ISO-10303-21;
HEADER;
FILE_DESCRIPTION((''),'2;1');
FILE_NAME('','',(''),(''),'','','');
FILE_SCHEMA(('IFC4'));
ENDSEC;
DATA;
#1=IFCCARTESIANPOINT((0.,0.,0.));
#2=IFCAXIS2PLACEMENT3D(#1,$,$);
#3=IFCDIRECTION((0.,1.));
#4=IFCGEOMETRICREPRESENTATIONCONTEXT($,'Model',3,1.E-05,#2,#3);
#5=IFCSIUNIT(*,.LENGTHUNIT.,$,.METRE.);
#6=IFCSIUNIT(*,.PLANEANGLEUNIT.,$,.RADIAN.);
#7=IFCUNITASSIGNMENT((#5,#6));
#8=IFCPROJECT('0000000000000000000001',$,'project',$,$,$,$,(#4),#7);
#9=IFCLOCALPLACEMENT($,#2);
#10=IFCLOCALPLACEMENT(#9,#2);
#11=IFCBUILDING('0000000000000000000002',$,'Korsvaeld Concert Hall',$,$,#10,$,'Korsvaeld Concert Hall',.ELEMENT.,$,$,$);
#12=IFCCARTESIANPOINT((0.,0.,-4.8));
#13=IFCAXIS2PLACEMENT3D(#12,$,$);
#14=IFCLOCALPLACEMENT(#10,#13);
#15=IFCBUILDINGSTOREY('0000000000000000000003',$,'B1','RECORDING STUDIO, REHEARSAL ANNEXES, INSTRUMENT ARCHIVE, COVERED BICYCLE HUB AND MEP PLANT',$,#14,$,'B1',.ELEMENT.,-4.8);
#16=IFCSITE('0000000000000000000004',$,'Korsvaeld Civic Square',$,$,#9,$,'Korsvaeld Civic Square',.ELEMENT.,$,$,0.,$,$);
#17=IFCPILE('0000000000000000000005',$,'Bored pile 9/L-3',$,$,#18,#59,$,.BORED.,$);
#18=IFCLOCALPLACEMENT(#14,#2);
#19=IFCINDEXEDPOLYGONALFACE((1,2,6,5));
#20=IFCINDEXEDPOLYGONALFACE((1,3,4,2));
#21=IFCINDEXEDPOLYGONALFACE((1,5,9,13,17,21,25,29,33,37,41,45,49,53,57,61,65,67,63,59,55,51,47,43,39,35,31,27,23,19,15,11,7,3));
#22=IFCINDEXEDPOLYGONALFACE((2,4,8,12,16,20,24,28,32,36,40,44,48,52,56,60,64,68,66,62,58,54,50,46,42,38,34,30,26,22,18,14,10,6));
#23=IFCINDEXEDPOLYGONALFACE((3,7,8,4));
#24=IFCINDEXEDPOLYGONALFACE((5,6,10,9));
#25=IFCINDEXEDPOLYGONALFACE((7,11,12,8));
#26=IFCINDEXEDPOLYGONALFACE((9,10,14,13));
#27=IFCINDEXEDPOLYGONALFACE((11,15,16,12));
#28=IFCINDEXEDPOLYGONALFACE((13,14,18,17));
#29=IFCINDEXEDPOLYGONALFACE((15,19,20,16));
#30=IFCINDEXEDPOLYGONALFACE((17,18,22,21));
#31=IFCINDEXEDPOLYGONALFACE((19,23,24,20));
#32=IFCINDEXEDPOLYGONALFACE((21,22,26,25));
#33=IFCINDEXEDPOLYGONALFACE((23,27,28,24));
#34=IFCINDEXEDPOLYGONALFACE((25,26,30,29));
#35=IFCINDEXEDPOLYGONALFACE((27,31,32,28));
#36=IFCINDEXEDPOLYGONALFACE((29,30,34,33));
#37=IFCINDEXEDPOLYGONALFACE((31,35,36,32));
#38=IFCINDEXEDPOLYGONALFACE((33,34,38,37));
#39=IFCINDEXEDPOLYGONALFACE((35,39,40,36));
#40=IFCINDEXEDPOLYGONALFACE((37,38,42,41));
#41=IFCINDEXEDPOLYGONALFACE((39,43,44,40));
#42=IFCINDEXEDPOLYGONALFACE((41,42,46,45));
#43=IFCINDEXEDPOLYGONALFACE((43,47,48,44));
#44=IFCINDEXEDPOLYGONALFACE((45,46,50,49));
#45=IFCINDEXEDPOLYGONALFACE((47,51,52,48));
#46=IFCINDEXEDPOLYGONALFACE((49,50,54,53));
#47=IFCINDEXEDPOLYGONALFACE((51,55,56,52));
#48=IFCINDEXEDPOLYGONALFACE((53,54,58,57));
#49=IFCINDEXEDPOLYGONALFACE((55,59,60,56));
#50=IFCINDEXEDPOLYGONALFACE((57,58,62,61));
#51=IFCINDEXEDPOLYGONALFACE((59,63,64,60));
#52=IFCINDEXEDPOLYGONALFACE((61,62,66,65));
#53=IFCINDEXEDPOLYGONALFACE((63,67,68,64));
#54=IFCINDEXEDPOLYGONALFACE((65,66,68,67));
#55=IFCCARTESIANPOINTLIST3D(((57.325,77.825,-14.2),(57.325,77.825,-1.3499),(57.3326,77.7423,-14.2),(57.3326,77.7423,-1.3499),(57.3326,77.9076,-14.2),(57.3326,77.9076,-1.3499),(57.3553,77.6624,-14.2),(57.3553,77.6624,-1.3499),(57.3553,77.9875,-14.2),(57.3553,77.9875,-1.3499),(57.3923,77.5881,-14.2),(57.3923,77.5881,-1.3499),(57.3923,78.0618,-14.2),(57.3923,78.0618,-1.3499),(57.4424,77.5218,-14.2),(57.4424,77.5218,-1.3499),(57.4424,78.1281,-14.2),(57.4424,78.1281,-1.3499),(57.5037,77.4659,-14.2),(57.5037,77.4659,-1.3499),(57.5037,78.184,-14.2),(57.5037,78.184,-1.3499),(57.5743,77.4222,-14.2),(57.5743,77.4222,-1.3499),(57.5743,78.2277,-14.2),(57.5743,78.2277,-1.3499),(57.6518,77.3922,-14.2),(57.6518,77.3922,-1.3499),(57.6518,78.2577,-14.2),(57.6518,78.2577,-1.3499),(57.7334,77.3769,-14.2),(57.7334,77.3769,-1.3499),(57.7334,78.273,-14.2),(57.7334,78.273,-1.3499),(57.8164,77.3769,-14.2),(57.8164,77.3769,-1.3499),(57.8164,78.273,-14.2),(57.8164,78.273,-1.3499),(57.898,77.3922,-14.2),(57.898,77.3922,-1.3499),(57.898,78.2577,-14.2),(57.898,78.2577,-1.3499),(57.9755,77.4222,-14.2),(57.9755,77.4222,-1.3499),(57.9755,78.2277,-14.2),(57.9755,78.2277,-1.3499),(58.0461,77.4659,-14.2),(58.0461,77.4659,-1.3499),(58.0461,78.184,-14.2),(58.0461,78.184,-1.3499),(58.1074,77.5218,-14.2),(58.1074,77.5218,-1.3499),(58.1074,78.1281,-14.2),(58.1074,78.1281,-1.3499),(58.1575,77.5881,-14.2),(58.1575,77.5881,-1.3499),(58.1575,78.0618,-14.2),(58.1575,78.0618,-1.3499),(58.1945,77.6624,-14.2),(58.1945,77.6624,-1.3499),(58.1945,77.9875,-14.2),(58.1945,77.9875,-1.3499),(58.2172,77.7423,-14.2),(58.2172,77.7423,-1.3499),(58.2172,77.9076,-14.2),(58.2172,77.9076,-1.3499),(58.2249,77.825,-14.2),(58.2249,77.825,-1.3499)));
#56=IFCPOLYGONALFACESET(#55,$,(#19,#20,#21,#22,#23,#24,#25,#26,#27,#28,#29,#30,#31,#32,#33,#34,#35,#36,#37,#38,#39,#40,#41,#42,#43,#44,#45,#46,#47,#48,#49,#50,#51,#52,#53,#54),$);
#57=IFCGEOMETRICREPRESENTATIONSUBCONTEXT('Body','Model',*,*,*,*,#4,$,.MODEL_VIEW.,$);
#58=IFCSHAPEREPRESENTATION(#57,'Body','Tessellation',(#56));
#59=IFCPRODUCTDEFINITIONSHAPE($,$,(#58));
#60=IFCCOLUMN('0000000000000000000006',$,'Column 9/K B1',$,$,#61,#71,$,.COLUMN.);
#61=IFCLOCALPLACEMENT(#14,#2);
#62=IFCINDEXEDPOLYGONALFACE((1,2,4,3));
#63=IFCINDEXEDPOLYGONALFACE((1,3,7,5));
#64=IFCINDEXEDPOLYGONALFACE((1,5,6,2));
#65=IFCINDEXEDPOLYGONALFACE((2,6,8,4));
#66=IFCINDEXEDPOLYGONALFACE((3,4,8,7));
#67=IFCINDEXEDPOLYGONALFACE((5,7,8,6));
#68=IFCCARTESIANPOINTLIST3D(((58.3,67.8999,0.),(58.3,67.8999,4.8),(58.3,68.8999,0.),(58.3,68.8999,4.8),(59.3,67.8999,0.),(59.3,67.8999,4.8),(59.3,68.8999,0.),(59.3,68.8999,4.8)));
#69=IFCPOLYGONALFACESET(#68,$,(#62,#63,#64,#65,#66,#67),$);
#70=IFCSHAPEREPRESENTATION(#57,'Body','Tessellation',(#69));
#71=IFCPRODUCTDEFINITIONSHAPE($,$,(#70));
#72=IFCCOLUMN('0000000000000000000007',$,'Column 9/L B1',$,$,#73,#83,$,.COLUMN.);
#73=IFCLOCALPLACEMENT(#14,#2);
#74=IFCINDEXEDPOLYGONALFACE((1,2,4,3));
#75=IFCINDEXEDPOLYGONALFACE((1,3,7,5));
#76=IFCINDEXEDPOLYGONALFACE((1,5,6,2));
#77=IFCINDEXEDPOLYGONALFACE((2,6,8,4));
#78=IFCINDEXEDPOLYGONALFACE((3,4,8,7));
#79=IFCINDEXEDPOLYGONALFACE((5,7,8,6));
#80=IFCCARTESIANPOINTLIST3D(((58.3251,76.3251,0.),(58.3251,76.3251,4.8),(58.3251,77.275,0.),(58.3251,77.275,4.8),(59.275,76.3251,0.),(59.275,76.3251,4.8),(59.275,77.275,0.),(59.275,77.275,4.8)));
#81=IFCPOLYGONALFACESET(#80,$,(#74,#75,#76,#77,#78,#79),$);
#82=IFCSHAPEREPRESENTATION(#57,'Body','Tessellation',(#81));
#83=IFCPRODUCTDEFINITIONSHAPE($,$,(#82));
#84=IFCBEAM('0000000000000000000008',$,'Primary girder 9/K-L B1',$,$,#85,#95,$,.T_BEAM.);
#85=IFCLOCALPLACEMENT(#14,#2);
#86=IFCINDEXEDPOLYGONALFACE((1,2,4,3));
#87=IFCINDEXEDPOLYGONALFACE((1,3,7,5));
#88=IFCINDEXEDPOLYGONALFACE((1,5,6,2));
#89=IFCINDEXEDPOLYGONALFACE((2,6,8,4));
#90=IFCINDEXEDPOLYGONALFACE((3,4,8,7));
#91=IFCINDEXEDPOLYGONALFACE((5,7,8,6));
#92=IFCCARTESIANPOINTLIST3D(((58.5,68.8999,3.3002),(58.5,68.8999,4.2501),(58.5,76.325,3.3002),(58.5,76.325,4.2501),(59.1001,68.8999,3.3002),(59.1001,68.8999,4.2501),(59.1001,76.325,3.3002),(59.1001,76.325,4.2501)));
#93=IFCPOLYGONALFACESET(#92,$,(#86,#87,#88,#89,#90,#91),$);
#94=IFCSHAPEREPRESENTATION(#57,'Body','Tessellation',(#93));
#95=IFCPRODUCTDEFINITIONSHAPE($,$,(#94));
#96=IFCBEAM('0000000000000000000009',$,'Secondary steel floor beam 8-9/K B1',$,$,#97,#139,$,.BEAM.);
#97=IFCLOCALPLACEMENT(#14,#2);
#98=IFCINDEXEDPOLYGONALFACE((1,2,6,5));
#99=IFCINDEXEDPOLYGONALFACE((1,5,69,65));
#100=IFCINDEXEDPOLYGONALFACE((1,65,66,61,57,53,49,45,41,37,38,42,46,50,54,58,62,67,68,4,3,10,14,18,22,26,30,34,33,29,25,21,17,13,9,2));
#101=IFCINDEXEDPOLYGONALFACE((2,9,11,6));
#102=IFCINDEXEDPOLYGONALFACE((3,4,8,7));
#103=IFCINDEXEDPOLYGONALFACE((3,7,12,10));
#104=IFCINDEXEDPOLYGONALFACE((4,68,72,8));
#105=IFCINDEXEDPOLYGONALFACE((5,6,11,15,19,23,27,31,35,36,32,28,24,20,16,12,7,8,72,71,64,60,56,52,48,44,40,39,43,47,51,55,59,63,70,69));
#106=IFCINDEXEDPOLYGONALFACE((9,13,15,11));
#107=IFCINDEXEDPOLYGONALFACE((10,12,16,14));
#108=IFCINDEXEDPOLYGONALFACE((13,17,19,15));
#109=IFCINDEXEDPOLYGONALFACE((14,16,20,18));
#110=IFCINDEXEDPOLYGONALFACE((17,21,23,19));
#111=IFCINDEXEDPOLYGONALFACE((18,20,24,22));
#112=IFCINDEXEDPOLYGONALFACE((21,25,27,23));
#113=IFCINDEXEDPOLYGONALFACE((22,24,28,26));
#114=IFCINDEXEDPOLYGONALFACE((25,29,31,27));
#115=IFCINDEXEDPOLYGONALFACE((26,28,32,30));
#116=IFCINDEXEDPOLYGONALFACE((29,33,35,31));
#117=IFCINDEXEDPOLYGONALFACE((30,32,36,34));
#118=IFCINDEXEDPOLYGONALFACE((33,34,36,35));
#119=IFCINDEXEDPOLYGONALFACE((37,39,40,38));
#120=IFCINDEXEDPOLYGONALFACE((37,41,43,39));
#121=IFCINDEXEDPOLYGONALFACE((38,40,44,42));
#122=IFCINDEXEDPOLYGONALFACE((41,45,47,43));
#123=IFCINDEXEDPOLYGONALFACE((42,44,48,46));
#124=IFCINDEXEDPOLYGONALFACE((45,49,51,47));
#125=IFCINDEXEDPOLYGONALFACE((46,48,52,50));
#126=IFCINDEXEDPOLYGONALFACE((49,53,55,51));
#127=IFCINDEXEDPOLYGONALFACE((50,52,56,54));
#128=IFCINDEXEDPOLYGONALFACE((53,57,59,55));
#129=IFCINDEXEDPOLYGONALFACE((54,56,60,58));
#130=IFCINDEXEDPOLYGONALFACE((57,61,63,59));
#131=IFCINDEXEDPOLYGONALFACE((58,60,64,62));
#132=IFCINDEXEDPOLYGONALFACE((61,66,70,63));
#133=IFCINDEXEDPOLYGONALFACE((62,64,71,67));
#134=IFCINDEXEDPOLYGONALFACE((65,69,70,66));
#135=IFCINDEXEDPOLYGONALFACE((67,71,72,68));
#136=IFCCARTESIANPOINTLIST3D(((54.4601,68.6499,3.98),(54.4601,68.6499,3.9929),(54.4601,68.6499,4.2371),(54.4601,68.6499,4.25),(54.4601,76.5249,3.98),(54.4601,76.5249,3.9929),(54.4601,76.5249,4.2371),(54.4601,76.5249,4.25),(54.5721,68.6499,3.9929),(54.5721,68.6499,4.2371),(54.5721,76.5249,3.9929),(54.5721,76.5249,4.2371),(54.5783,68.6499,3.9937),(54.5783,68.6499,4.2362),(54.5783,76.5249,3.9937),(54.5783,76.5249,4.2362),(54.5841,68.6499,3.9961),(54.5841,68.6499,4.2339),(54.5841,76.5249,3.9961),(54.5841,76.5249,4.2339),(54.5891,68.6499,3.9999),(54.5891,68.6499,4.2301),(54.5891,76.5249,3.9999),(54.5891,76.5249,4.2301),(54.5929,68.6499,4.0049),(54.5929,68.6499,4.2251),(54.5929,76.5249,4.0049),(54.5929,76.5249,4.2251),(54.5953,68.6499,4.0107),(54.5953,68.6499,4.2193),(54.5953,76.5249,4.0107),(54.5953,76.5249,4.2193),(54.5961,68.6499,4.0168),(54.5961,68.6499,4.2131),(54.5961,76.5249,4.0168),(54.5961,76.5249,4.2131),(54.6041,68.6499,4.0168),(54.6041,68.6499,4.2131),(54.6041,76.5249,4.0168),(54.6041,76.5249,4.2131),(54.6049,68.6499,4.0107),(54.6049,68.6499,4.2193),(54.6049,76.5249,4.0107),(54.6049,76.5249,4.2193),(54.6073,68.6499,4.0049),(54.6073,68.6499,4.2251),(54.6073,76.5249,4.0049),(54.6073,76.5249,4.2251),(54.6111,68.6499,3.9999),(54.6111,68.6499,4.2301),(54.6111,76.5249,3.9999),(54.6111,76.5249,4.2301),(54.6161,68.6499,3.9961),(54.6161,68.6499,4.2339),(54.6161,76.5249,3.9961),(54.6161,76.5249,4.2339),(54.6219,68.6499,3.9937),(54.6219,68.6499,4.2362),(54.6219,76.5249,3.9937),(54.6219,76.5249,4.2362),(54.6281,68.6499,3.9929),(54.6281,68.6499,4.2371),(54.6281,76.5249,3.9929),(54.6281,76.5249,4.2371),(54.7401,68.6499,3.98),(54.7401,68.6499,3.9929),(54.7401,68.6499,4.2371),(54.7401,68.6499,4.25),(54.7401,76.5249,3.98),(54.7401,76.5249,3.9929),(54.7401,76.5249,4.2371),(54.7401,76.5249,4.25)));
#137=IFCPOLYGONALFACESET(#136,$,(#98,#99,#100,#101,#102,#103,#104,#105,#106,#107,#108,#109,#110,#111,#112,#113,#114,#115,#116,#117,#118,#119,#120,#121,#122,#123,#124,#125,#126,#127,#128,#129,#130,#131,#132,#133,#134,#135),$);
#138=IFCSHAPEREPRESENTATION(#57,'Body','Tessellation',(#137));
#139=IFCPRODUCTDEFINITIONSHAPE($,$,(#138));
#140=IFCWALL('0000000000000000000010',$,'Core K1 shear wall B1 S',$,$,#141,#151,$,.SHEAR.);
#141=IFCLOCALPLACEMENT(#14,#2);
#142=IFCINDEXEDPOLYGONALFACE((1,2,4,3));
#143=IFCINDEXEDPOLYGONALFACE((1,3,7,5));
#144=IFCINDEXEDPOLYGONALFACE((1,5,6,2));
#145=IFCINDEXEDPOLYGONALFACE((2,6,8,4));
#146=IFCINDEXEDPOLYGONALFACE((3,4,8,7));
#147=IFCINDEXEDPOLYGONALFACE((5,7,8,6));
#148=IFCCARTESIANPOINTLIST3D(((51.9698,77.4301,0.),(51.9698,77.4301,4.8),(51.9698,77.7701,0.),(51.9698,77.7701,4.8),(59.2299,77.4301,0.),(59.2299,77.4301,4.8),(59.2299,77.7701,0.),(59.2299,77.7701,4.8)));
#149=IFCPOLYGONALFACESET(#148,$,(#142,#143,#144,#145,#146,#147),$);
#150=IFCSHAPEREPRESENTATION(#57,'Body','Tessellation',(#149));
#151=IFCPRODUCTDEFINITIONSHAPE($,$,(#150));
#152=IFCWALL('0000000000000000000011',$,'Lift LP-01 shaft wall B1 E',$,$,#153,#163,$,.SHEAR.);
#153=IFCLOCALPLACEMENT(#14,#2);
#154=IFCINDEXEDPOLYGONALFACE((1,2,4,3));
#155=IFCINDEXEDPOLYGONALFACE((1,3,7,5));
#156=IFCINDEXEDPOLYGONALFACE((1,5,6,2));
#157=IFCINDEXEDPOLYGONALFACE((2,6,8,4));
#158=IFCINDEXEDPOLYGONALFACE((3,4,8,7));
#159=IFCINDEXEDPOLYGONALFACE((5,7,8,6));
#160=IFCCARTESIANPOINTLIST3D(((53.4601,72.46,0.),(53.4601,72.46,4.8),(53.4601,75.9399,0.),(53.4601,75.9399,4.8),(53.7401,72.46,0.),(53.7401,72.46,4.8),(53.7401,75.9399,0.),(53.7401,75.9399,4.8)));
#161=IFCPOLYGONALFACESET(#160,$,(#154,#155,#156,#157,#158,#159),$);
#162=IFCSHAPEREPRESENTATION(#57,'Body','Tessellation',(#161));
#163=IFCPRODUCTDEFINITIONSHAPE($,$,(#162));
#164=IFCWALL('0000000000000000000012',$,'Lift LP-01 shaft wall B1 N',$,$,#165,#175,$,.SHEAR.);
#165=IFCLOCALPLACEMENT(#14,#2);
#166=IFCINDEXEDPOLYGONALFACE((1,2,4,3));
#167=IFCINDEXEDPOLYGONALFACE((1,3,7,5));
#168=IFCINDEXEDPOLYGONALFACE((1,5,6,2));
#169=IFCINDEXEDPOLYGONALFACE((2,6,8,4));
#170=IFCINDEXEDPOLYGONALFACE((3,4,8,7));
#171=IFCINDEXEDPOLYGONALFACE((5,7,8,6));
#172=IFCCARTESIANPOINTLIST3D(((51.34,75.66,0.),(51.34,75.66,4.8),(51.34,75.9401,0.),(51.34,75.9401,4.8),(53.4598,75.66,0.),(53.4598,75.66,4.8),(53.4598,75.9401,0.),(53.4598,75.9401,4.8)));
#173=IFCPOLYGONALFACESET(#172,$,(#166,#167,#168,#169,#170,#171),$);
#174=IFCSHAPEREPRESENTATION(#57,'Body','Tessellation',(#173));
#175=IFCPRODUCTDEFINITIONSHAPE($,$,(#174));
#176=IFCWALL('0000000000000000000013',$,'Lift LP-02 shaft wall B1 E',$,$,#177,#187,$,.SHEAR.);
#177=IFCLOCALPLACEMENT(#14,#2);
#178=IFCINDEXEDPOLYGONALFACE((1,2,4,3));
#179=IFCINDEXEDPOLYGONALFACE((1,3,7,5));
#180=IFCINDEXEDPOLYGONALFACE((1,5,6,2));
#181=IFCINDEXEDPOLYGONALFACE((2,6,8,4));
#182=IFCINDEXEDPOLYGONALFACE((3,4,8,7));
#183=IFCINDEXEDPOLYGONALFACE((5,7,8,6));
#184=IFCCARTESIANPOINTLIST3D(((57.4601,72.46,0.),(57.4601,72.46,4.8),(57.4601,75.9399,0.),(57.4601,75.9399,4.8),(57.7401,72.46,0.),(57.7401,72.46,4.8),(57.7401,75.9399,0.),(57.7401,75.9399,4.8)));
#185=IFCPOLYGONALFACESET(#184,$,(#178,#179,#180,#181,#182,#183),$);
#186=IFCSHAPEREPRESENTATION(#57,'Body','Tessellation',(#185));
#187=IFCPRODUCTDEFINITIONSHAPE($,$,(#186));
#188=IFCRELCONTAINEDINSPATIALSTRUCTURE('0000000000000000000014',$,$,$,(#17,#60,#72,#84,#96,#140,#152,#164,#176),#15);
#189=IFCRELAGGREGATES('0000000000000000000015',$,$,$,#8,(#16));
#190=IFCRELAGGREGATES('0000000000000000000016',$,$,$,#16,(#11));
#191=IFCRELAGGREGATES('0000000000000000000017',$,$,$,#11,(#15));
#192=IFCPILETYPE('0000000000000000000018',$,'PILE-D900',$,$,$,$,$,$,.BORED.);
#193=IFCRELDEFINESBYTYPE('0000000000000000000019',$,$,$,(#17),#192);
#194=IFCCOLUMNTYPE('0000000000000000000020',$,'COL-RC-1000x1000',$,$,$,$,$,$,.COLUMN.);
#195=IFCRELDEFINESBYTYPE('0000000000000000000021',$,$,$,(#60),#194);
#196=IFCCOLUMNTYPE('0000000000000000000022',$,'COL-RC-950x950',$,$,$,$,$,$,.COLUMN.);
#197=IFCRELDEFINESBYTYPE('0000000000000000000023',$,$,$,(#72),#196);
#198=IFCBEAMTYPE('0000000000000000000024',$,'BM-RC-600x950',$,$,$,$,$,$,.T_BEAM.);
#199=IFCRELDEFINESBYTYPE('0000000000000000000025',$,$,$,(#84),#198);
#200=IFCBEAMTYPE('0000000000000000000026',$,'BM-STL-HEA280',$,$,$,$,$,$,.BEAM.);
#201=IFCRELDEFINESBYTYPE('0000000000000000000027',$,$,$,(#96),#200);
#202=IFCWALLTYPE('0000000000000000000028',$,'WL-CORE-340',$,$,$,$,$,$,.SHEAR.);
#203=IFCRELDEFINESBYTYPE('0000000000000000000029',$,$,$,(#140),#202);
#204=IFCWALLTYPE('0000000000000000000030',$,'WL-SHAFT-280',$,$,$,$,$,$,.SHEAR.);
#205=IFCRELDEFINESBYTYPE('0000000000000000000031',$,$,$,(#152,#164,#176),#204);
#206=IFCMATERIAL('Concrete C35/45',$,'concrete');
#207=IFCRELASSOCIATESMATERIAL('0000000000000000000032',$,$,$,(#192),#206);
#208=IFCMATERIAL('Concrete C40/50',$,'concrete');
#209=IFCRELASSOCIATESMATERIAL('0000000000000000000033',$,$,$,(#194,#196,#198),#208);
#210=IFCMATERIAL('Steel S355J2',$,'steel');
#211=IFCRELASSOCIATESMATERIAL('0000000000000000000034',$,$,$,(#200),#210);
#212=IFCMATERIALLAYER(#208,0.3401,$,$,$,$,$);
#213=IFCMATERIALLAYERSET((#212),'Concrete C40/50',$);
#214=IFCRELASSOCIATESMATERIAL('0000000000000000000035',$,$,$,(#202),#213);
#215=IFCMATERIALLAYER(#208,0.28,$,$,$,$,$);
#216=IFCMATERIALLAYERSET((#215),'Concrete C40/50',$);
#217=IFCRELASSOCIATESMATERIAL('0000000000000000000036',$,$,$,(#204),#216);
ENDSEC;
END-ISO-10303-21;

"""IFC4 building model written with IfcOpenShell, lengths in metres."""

from ifc_helpers import new_model, si_unit, direction, frame, frame_2d, origin, origin_2d, place, context, subcontext, project, spatial, rectangle, circle, i_section, extrude, material, layer, layer_set, material_profile, profile_set, type_object, element, save


model = new_model("IFC4")

# Units and contexts
model_context = context("Model", 3, precision=1e-05, world=origin(), true_north=direction((0.0, 1.0)))
body_context = subcontext(model_context, "Body", "Model", "MODEL_VIEW")
ifc_project = project(units=[si_unit("LENGTHUNIT", "METRE"), si_unit("PLANEANGLEUNIT", "RADIAN")], contexts=[model_context])

# Site, building, storey
site_placement = place(None, origin())
site = spatial("IfcSite", under=ifc_project, at=site_placement, Name="Korsvaeld Civic Square", LongName="Korsvaeld Civic Square", CompositionType="ELEMENT", RefElevation=0.0)
building_placement = place(site_placement, origin())
building = spatial("IfcBuilding", under=site, at=building_placement, Name="Korsvaeld Concert Hall", LongName="Korsvaeld Concert Hall", CompositionType="ELEMENT")
storey_placement = place(building_placement, frame((0.0, 0.0, -4.8)))
storey = spatial("IfcBuildingStorey", under=building, at=storey_placement, Name="B1", Description="RECORDING STUDIO, REHEARSAL ANNEXES, INSTRUMENT ARCHIVE, COVERED BICYCLE HUB AND MEP PLANT", LongName="B1", CompositionType="ELEMENT", Elevation=-4.8)

# Shared definitions
ifc_material_1 = material(Name="Concrete C35/45", Category="concrete")

# Pile
ifc_material_2 = material(Name="Concrete C40/50", Category="concrete")
ifc_material_profile_1 = material_profile(ifc_material_1, circle(Radius=0.45, at=origin_2d()), Name="BORED PILE D900")
ifc_profile_set_1 = profile_set([ifc_material_profile_1], Name="Concrete C35/45")
pile_type_1 = type_object("IfcPileType", Name="PILE-D900", PredefinedType="BORED", material=ifc_profile_set_1)
for number, where, z_axis, x_axis, name in (
    (1, (57.7749, 77.825, -1.3499), (0.0, 0.0, -1.0), (1.0, 0.0, 0.0), "Bored pile 9/L-3"),
):
    element("IfcPile", number, at=place(storey_placement, frame(where, z_axis=z_axis, x_axis=x_axis)), inside=storey, type_object=pile_type_1, Name=name, PredefinedType="BORED", context=body_context, shape_type="SweptSolid", body=[
        extrude(circle(Radius=0.45, at=origin_2d()), origin(), (0.0, 0.0, 1.0), 12.8501),
    ])

# Columns
ifc_material_profile_2 = material_profile(ifc_material_2, rectangle(XDim=1.0, YDim=1.0, at=origin_2d()), Name="RC 1000x1000")
ifc_profile_set_2 = profile_set([ifc_material_profile_2], Name="Concrete C40/50")
column_type_1 = type_object("IfcColumnType", Name="COL-RC-1000x1000", PredefinedType="COLUMN", material=ifc_profile_set_2)
column_1_placement = place(storey_placement, frame((58.8, 68.3999, 0.0), z_axis=(0.0, 0.0, 1.0), x_axis=(1.0, 0.0, 0.0)))
element("IfcColumn", 2, at=column_1_placement, inside=storey, type_object=column_type_1, Name="Column 9/K B1", PredefinedType="COLUMN", context=body_context, shape_type="SweptSolid", body=[
    extrude(rectangle(XDim=1.0, YDim=1.0, at=origin_2d()), origin(), (0.0, 0.0, 1.0), 4.8),
])
ifc_material_profile_3 = material_profile(ifc_material_2, rectangle(XDim=0.95, YDim=0.95, at=origin_2d()), Name="RC 950x950")
ifc_profile_set_3 = profile_set([ifc_material_profile_3], Name="Concrete C40/50")
column_type_2 = type_object("IfcColumnType", Name="COL-RC-950x950", PredefinedType="COLUMN", material=ifc_profile_set_3)
column_2_placement = place(storey_placement, frame((58.8, 76.8, 0.0), z_axis=(0.0, 0.0, 1.0), x_axis=(1.0, 0.0, 0.0)))
element("IfcColumn", 3, at=column_2_placement, inside=storey, type_object=column_type_2, Name="Column 9/L B1", PredefinedType="COLUMN", context=body_context, shape_type="SweptSolid", body=[
    extrude(rectangle(XDim=0.95, YDim=0.95, at=origin_2d()), origin(), (0.0, 0.0, 1.0), 4.8),
])

# Beams
ifc_material_profile_4 = material_profile(ifc_material_2, rectangle(XDim=0.6001, YDim=0.95, at=origin_2d()), Name="RC 600x950")
ifc_profile_set_4 = profile_set([ifc_material_profile_4], Name="Concrete C40/50")
beam_type_1 = type_object("IfcBeamType", Name="BM-RC-600x950", PredefinedType="T_BEAM", material=ifc_profile_set_4)
beam_1_placement = place(storey_placement, frame((58.8, 68.8999, 3.7751), z_axis=(0.0, 1.0, 0.0), x_axis=(-1.0, 0.0, 0.0)))
element("IfcBeam", 4, at=beam_1_placement, inside=storey, type_object=beam_type_1, Name="Primary girder 9/K-L B1", PredefinedType="T_BEAM", context=body_context, shape_type="SweptSolid", body=[
    extrude(rectangle(XDim=0.6001, YDim=0.95, at=origin_2d()), origin(), (0.0, 0.0, 1.0), 7.425),
])
ifc_material_3 = material(Name="Steel S355J2", Category="steel")
ifc_material_profile_5 = material_profile(ifc_material_3, i_section(OverallWidth=0.28, OverallDepth=0.27, WebThickness=0.0081, FlangeThickness=0.0129, FilletRadius=0.0239, at=origin_2d()), Name="HEA 280")
ifc_profile_set_5 = profile_set([ifc_material_profile_5], Name="Steel S355J2")
beam_type_2 = type_object("IfcBeamType", Name="BM-STL-HEA280", PredefinedType="BEAM", material=ifc_profile_set_5)
beam_2_placement = place(storey_placement, frame((54.6001, 68.6499, 4.115), z_axis=(0.0, 1.0, 0.0), x_axis=(-1.0, 0.0, 0.0)))
element("IfcBeam", 5, at=beam_2_placement, inside=storey, type_object=beam_type_2, Name="Secondary steel floor beam 8-9/K B1", PredefinedType="BEAM", context=body_context, shape_type="SweptSolid", body=[
    extrude(i_section(OverallWidth=0.28, OverallDepth=0.27, WebThickness=0.0081, FlangeThickness=0.0129, FilletRadius=0.0239, at=origin_2d()), origin(), (0.0, 0.0, 1.0), 7.875),
])

# Walls
ifc_layer_1 = layer(ifc_material_2, 0.3401)
ifc_layer_set_1 = layer_set([ifc_layer_1], Name="Concrete C40/50")
wall_type_1 = type_object("IfcWallType", Name="WL-CORE-340", PredefinedType="SHEAR", material=ifc_layer_set_1)
wall_1_placement = place(storey_placement, frame((51.97, 77.6001, 0.0), z_axis=(0.0, 0.0, 1.0), x_axis=(1.0, 0.0, 0.0)))
element("IfcWall", 6, at=wall_1_placement, inside=storey, type_object=wall_type_1, Name="Core K1 shear wall B1 S", PredefinedType="SHEAR", context=body_context, shape_type="SweptSolid", body=[
    extrude(rectangle(XDim=7.26, YDim=0.3401, at=frame_2d((3.6299, 0.0))), origin(), (0.0, 0.0, 1.0), 4.8),
])
ifc_layer_2 = layer(ifc_material_2, 0.28)
ifc_layer_set_2 = layer_set([ifc_layer_2], Name="Concrete C40/50")
wall_type_2 = type_object("IfcWallType", Name="WL-SHAFT-280", PredefinedType="SHEAR", material=ifc_layer_set_2)
wall_2_placement = place(storey_placement, frame((53.6001, 72.46, 0.0), z_axis=(0.0, 0.0, 1.0), x_axis=(0.0, 1.0, 0.0)))
element("IfcWall", 7, at=wall_2_placement, inside=storey, type_object=wall_type_2, Name="Lift LP-01 shaft wall B1 E", PredefinedType="SHEAR", context=body_context, shape_type="SweptSolid", body=[
    extrude(rectangle(XDim=3.48, YDim=0.28, at=frame_2d((1.74, 0.0))), origin(), (0.0, 0.0, 1.0), 4.8),
])
wall_3_placement = place(storey_placement, frame((53.46, 75.8, 0.0), z_axis=(0.0, 0.0, 1.0), x_axis=(-1.0, 0.0, 0.0)))
element("IfcWall", 8, at=wall_3_placement, inside=storey, type_object=wall_type_2, Name="Lift LP-01 shaft wall B1 N", PredefinedType="SHEAR", context=body_context, shape_type="SweptSolid", body=[
    extrude(rectangle(XDim=2.1199, YDim=0.28, at=frame_2d((1.0601, 0.0))), origin(), (0.0, 0.0, 1.0), 4.8),
])

# Wall
wall_4_placement = place(storey_placement, frame((57.6001, 72.46, 0.0), z_axis=(0.0, 0.0, 1.0), x_axis=(0.0, 1.0, 0.0)))
element("IfcWall", 9, at=wall_4_placement, inside=storey, type_object=wall_type_2, Name="Lift LP-02 shaft wall B1 E", PredefinedType="SHEAR", context=body_context, shape_type="SweptSolid", body=[
    extrude(rectangle(XDim=3.48, YDim=0.28, at=frame_2d((1.74, 0.0))), origin(), (0.0, 0.0, 1.0), 4.8),
])

save(model, "model.ifc")
